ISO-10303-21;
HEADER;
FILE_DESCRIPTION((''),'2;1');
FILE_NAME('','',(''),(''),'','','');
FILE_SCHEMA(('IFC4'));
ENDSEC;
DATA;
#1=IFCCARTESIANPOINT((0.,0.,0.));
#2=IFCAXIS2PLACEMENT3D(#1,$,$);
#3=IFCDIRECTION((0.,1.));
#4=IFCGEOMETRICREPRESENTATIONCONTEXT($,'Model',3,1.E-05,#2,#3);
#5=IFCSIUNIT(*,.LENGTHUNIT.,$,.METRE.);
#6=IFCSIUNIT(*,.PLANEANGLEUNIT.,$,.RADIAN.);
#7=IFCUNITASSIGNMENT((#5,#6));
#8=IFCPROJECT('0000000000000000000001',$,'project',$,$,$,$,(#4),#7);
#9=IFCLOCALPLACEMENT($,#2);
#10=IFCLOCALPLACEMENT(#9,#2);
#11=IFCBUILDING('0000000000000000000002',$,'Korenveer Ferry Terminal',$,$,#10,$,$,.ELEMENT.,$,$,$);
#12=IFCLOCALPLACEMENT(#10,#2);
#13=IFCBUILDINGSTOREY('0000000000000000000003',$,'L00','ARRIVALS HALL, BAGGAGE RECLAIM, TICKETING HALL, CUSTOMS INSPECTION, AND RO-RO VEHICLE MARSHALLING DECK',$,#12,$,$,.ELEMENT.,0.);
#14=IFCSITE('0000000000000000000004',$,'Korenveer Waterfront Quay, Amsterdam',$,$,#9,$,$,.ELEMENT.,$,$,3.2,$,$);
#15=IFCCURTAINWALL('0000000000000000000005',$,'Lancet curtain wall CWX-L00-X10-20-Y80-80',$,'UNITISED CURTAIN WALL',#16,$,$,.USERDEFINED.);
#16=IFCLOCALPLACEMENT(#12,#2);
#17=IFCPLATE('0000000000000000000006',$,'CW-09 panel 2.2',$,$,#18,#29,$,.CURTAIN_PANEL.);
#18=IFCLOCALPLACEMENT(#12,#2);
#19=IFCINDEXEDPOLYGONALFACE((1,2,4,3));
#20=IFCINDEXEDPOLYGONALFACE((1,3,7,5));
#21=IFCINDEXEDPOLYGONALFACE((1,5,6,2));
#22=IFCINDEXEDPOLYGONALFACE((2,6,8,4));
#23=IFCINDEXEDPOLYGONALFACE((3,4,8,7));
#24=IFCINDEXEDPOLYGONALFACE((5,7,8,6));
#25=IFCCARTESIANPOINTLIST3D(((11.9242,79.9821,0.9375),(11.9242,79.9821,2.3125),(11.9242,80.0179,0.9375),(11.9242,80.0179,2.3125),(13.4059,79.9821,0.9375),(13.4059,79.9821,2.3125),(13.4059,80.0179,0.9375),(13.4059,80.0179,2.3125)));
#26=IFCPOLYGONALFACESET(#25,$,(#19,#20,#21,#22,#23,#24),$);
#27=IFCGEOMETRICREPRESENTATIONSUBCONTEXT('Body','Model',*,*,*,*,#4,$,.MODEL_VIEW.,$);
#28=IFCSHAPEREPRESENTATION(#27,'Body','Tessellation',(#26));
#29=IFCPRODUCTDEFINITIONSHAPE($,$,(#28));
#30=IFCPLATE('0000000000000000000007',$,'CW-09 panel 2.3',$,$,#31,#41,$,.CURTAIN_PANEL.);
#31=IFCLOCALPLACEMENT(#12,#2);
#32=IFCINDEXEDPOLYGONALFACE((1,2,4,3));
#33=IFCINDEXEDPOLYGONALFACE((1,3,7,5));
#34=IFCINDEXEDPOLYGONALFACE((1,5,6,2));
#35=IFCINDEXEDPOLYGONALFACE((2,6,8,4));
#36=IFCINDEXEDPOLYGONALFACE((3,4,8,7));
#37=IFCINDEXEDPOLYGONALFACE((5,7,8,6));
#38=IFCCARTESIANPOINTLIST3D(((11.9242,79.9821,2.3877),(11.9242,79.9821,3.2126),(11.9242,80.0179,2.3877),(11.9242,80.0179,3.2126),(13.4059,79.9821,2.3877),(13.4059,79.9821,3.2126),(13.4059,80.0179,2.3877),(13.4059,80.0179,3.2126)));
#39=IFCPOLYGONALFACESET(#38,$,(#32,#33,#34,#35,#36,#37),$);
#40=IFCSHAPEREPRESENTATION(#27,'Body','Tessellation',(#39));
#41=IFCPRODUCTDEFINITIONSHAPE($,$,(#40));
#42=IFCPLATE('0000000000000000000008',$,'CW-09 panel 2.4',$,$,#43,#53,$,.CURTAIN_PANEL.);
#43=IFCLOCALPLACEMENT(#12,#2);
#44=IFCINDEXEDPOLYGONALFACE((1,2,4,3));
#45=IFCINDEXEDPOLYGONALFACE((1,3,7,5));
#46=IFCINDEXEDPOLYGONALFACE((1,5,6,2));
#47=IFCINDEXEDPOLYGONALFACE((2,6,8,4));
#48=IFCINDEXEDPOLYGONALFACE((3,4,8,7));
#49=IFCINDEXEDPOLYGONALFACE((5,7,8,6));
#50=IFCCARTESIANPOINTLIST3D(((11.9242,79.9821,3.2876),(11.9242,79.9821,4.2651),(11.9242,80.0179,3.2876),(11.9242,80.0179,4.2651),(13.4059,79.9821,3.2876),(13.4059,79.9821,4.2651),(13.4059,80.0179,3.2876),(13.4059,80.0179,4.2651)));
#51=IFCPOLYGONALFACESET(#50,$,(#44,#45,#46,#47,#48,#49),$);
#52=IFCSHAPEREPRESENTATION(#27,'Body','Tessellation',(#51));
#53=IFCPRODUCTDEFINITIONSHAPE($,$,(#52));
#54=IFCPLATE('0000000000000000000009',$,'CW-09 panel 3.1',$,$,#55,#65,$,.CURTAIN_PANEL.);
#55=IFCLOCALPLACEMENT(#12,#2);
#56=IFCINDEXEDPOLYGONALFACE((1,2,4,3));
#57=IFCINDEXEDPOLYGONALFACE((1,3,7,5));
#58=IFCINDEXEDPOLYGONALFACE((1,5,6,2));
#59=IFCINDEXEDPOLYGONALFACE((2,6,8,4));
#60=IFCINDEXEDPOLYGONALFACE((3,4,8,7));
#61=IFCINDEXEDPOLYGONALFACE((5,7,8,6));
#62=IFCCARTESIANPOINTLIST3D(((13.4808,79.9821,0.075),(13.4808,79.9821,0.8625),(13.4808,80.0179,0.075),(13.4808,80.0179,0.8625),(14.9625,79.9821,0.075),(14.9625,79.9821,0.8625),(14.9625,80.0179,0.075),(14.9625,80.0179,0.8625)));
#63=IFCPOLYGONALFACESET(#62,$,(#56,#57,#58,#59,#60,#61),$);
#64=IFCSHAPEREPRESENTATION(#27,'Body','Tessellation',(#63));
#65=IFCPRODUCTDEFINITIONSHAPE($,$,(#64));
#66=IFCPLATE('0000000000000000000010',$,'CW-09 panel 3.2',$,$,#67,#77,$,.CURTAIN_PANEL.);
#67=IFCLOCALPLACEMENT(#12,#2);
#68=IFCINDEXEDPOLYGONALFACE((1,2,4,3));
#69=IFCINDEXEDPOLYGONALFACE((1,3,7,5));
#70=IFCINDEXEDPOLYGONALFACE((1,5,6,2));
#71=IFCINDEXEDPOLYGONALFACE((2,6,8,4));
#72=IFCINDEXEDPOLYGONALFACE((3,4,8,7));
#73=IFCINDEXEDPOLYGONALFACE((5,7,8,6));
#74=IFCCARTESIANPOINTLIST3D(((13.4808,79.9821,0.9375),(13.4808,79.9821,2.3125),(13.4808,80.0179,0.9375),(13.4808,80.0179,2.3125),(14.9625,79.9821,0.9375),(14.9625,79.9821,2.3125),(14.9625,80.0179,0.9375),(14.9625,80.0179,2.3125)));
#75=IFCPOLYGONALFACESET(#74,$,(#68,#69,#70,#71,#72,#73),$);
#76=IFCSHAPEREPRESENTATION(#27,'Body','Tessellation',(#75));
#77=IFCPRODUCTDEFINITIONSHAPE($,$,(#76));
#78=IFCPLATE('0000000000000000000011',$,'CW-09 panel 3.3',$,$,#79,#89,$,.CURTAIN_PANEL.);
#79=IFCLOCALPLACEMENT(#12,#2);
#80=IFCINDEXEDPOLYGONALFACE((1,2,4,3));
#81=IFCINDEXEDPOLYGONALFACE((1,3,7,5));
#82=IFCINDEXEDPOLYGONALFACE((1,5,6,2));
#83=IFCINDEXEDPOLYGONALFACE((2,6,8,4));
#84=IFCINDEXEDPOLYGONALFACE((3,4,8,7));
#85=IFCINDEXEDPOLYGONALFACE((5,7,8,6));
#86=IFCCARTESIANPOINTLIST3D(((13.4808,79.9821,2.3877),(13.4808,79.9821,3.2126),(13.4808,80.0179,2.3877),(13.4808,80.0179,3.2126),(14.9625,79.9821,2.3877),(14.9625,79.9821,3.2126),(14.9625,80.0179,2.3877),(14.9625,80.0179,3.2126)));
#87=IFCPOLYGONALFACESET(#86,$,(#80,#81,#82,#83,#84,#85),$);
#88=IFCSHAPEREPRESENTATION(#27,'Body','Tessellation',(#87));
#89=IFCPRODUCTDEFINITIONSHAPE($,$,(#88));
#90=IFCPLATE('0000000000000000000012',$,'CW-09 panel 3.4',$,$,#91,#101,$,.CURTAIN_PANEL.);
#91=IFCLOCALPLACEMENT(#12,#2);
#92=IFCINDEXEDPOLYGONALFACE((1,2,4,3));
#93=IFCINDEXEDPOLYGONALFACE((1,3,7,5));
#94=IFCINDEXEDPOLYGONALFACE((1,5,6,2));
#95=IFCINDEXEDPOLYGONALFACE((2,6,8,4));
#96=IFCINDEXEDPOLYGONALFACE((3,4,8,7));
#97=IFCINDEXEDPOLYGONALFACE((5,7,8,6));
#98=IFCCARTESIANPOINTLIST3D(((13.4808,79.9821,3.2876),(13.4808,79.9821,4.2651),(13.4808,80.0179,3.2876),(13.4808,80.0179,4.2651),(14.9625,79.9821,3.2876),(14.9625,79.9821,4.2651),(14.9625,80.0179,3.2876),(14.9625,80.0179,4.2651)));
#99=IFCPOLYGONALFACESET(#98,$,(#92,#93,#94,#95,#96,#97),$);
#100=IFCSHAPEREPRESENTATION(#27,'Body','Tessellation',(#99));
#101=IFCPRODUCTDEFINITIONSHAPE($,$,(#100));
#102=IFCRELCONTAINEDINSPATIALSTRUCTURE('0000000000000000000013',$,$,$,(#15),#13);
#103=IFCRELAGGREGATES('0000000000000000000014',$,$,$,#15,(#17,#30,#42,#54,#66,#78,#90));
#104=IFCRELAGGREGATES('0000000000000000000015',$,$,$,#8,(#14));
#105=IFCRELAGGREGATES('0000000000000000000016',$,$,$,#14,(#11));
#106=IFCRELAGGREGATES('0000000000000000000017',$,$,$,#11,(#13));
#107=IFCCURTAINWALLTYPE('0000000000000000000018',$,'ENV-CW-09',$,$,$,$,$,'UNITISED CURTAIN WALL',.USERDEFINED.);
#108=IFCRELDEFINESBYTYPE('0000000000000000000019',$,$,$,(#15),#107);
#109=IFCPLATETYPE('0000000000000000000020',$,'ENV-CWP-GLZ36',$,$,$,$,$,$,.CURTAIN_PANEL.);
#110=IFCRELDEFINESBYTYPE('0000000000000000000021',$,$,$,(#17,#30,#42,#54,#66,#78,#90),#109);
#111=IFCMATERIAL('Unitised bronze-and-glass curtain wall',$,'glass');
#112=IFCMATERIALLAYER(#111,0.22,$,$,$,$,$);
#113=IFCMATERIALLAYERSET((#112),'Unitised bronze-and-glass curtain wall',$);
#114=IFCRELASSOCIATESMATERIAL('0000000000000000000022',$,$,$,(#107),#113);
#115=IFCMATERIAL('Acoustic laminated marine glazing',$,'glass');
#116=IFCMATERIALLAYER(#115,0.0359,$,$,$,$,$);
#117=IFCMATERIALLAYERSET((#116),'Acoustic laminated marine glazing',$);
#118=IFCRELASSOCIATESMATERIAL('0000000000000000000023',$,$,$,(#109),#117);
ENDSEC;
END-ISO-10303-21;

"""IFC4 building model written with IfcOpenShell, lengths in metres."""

from ifc_helpers import new_model, si_unit, direction, frame, origin, origin_2d, place, context, subcontext, project, spatial, rectangle, extrude, material, layer, layer_set, type_object, element, aggregate, save


model = new_model("IFC4")

# Units and contexts
model_context = context("Model", 3, precision=1e-05, world=origin(), true_north=direction((0.0, 1.0)))
body_context = subcontext(model_context, "Body", "Model", "MODEL_VIEW")
ifc_project = project(units=[si_unit("LENGTHUNIT", "METRE"), si_unit("PLANEANGLEUNIT", "RADIAN")], contexts=[model_context])

# Site, building, storey
site_placement = place(None, origin())
site = spatial("IfcSite", under=ifc_project, at=site_placement, Name="Korenveer Waterfront Quay, Amsterdam", CompositionType="ELEMENT", RefElevation=3.2)
building_placement = place(site_placement, origin())
building = spatial("IfcBuilding", under=site, at=building_placement, Name="Korenveer Ferry Terminal", CompositionType="ELEMENT")
storey_placement = place(building_placement, origin())
storey = spatial("IfcBuildingStorey", under=building, at=storey_placement, Name="L00", Description="ARRIVALS HALL, BAGGAGE RECLAIM, TICKETING HALL, CUSTOMS INSPECTION, AND RO-RO VEHICLE MARSHALLING DECK", CompositionType="ELEMENT", Elevation=0.0)

# Curtain wall, plates
ifc_material_1 = material(Name="Unitised bronze-and-glass curtain wall", Category="glass")
ifc_layer_1 = layer(ifc_material_1, 0.22)
ifc_layer_set_1 = layer_set([ifc_layer_1], Name="Unitised bronze-and-glass curtain wall")
curtain_wall_type = type_object("IfcCurtainWallType", Name="ENV-CW-09", ElementType="UNITISED CURTAIN WALL", PredefinedType="USERDEFINED", material=ifc_layer_set_1)
curtain_wall_placement = place(storey_placement, frame((10.3301, 80.0, 0.0)))
curtain_wall = element("IfcCurtainWall", 1, at=curtain_wall_placement, inside=storey, type_object=curtain_wall_type, Name="Lancet curtain wall CWX-L00-X10-20-Y80-80", ObjectType="UNITISED CURTAIN WALL", PredefinedType="USERDEFINED")
ifc_material_2 = material(Name="Acoustic laminated marine glazing", Category="glass")
ifc_layer_2 = layer(ifc_material_2, 0.0359)
ifc_layer_set_2 = layer_set([ifc_layer_2], Name="Acoustic laminated marine glazing")
plate_type = type_object("IfcPlateType", Name="ENV-CWP-GLZ36", PredefinedType="CURTAIN_PANEL", material=ifc_layer_set_2)
plate_1_placement = place(storey_placement, frame((12.665, 80.0, 0.9375), z_axis=(0.0, 0.0, 1.0), x_axis=(1.0, 0.0, 0.0)))
plate_1 = element("IfcPlate", 2, at=plate_1_placement, type_object=plate_type, Name="CW-09 panel 2.2", PredefinedType="CURTAIN_PANEL", context=body_context, shape_type="SweptSolid", body=[
    extrude(rectangle(XDim=1.4817, YDim=0.0359, at=origin_2d()), origin(), (0.0, 0.0, 1.0), 1.375),
])
plate_2_placement = place(storey_placement, frame((12.665, 80.0, 2.3877), z_axis=(0.0, 0.0, 1.0), x_axis=(1.0, 0.0, 0.0)))
plate_2 = element("IfcPlate", 3, at=plate_2_placement, type_object=plate_type, Name="CW-09 panel 2.3", PredefinedType="CURTAIN_PANEL", context=body_context, shape_type="SweptSolid", body=[
    extrude(rectangle(XDim=1.4817, YDim=0.0359, at=origin_2d()), origin(), (0.0, 0.0, 1.0), 0.825),
])
plate_3_placement = place(storey_placement, frame((12.665, 80.0, 3.2876), z_axis=(0.0, 0.0, 1.0), x_axis=(1.0, 0.0, 0.0)))
plate_3 = element("IfcPlate", 4, at=plate_3_placement, type_object=plate_type, Name="CW-09 panel 2.4", PredefinedType="CURTAIN_PANEL", context=body_context, shape_type="SweptSolid", body=[
    extrude(rectangle(XDim=1.4817, YDim=0.0359, at=origin_2d()), origin(), (0.0, 0.0, 1.0), 0.9775),
])
plate_4_placement = place(storey_placement, frame((14.2217, 80.0, 0.075), z_axis=(0.0, 0.0, 1.0), x_axis=(1.0, 0.0, 0.0)))
plate_4 = element("IfcPlate", 5, at=plate_4_placement, type_object=plate_type, Name="CW-09 panel 3.1", PredefinedType="CURTAIN_PANEL", context=body_context, shape_type="SweptSolid", body=[
    extrude(rectangle(XDim=1.4817, YDim=0.0359, at=origin_2d()), origin(), (0.0, 0.0, 1.0), 0.7876),
])
plate_5_placement = place(storey_placement, frame((14.2217, 80.0, 0.9375), z_axis=(0.0, 0.0, 1.0), x_axis=(1.0, 0.0, 0.0)))
plate_5 = element("IfcPlate", 6, at=plate_5_placement, type_object=plate_type, Name="CW-09 panel 3.2", PredefinedType="CURTAIN_PANEL", context=body_context, shape_type="SweptSolid", body=[
    extrude(rectangle(XDim=1.4817, YDim=0.0359, at=origin_2d()), origin(), (0.0, 0.0, 1.0), 1.375),
])
plate_6_placement = place(storey_placement, frame((14.2217, 80.0, 2.3877), z_axis=(0.0, 0.0, 1.0), x_axis=(1.0, 0.0, 0.0)))
plate_6 = element("IfcPlate", 7, at=plate_6_placement, type_object=plate_type, Name="CW-09 panel 3.3", PredefinedType="CURTAIN_PANEL", context=body_context, shape_type="SweptSolid", body=[
    extrude(rectangle(XDim=1.4817, YDim=0.0359, at=origin_2d()), origin(), (0.0, 0.0, 1.0), 0.825),
])
plate_7_placement = place(storey_placement, frame((14.2217, 80.0, 3.2876), z_axis=(0.0, 0.0, 1.0), x_axis=(1.0, 0.0, 0.0)))
plate_7 = element("IfcPlate", 8, at=plate_7_placement, type_object=plate_type, Name="CW-09 panel 3.4", PredefinedType="CURTAIN_PANEL", context=body_context, shape_type="SweptSolid", body=[
    extrude(rectangle(XDim=1.4817, YDim=0.0359, at=origin_2d()), origin(), (0.0, 0.0, 1.0), 0.9775),
])
aggregate(curtain_wall, [plate_1, plate_2, plate_3, plate_4, plate_5, plate_6, plate_7])

save(model, "model.ifc")
